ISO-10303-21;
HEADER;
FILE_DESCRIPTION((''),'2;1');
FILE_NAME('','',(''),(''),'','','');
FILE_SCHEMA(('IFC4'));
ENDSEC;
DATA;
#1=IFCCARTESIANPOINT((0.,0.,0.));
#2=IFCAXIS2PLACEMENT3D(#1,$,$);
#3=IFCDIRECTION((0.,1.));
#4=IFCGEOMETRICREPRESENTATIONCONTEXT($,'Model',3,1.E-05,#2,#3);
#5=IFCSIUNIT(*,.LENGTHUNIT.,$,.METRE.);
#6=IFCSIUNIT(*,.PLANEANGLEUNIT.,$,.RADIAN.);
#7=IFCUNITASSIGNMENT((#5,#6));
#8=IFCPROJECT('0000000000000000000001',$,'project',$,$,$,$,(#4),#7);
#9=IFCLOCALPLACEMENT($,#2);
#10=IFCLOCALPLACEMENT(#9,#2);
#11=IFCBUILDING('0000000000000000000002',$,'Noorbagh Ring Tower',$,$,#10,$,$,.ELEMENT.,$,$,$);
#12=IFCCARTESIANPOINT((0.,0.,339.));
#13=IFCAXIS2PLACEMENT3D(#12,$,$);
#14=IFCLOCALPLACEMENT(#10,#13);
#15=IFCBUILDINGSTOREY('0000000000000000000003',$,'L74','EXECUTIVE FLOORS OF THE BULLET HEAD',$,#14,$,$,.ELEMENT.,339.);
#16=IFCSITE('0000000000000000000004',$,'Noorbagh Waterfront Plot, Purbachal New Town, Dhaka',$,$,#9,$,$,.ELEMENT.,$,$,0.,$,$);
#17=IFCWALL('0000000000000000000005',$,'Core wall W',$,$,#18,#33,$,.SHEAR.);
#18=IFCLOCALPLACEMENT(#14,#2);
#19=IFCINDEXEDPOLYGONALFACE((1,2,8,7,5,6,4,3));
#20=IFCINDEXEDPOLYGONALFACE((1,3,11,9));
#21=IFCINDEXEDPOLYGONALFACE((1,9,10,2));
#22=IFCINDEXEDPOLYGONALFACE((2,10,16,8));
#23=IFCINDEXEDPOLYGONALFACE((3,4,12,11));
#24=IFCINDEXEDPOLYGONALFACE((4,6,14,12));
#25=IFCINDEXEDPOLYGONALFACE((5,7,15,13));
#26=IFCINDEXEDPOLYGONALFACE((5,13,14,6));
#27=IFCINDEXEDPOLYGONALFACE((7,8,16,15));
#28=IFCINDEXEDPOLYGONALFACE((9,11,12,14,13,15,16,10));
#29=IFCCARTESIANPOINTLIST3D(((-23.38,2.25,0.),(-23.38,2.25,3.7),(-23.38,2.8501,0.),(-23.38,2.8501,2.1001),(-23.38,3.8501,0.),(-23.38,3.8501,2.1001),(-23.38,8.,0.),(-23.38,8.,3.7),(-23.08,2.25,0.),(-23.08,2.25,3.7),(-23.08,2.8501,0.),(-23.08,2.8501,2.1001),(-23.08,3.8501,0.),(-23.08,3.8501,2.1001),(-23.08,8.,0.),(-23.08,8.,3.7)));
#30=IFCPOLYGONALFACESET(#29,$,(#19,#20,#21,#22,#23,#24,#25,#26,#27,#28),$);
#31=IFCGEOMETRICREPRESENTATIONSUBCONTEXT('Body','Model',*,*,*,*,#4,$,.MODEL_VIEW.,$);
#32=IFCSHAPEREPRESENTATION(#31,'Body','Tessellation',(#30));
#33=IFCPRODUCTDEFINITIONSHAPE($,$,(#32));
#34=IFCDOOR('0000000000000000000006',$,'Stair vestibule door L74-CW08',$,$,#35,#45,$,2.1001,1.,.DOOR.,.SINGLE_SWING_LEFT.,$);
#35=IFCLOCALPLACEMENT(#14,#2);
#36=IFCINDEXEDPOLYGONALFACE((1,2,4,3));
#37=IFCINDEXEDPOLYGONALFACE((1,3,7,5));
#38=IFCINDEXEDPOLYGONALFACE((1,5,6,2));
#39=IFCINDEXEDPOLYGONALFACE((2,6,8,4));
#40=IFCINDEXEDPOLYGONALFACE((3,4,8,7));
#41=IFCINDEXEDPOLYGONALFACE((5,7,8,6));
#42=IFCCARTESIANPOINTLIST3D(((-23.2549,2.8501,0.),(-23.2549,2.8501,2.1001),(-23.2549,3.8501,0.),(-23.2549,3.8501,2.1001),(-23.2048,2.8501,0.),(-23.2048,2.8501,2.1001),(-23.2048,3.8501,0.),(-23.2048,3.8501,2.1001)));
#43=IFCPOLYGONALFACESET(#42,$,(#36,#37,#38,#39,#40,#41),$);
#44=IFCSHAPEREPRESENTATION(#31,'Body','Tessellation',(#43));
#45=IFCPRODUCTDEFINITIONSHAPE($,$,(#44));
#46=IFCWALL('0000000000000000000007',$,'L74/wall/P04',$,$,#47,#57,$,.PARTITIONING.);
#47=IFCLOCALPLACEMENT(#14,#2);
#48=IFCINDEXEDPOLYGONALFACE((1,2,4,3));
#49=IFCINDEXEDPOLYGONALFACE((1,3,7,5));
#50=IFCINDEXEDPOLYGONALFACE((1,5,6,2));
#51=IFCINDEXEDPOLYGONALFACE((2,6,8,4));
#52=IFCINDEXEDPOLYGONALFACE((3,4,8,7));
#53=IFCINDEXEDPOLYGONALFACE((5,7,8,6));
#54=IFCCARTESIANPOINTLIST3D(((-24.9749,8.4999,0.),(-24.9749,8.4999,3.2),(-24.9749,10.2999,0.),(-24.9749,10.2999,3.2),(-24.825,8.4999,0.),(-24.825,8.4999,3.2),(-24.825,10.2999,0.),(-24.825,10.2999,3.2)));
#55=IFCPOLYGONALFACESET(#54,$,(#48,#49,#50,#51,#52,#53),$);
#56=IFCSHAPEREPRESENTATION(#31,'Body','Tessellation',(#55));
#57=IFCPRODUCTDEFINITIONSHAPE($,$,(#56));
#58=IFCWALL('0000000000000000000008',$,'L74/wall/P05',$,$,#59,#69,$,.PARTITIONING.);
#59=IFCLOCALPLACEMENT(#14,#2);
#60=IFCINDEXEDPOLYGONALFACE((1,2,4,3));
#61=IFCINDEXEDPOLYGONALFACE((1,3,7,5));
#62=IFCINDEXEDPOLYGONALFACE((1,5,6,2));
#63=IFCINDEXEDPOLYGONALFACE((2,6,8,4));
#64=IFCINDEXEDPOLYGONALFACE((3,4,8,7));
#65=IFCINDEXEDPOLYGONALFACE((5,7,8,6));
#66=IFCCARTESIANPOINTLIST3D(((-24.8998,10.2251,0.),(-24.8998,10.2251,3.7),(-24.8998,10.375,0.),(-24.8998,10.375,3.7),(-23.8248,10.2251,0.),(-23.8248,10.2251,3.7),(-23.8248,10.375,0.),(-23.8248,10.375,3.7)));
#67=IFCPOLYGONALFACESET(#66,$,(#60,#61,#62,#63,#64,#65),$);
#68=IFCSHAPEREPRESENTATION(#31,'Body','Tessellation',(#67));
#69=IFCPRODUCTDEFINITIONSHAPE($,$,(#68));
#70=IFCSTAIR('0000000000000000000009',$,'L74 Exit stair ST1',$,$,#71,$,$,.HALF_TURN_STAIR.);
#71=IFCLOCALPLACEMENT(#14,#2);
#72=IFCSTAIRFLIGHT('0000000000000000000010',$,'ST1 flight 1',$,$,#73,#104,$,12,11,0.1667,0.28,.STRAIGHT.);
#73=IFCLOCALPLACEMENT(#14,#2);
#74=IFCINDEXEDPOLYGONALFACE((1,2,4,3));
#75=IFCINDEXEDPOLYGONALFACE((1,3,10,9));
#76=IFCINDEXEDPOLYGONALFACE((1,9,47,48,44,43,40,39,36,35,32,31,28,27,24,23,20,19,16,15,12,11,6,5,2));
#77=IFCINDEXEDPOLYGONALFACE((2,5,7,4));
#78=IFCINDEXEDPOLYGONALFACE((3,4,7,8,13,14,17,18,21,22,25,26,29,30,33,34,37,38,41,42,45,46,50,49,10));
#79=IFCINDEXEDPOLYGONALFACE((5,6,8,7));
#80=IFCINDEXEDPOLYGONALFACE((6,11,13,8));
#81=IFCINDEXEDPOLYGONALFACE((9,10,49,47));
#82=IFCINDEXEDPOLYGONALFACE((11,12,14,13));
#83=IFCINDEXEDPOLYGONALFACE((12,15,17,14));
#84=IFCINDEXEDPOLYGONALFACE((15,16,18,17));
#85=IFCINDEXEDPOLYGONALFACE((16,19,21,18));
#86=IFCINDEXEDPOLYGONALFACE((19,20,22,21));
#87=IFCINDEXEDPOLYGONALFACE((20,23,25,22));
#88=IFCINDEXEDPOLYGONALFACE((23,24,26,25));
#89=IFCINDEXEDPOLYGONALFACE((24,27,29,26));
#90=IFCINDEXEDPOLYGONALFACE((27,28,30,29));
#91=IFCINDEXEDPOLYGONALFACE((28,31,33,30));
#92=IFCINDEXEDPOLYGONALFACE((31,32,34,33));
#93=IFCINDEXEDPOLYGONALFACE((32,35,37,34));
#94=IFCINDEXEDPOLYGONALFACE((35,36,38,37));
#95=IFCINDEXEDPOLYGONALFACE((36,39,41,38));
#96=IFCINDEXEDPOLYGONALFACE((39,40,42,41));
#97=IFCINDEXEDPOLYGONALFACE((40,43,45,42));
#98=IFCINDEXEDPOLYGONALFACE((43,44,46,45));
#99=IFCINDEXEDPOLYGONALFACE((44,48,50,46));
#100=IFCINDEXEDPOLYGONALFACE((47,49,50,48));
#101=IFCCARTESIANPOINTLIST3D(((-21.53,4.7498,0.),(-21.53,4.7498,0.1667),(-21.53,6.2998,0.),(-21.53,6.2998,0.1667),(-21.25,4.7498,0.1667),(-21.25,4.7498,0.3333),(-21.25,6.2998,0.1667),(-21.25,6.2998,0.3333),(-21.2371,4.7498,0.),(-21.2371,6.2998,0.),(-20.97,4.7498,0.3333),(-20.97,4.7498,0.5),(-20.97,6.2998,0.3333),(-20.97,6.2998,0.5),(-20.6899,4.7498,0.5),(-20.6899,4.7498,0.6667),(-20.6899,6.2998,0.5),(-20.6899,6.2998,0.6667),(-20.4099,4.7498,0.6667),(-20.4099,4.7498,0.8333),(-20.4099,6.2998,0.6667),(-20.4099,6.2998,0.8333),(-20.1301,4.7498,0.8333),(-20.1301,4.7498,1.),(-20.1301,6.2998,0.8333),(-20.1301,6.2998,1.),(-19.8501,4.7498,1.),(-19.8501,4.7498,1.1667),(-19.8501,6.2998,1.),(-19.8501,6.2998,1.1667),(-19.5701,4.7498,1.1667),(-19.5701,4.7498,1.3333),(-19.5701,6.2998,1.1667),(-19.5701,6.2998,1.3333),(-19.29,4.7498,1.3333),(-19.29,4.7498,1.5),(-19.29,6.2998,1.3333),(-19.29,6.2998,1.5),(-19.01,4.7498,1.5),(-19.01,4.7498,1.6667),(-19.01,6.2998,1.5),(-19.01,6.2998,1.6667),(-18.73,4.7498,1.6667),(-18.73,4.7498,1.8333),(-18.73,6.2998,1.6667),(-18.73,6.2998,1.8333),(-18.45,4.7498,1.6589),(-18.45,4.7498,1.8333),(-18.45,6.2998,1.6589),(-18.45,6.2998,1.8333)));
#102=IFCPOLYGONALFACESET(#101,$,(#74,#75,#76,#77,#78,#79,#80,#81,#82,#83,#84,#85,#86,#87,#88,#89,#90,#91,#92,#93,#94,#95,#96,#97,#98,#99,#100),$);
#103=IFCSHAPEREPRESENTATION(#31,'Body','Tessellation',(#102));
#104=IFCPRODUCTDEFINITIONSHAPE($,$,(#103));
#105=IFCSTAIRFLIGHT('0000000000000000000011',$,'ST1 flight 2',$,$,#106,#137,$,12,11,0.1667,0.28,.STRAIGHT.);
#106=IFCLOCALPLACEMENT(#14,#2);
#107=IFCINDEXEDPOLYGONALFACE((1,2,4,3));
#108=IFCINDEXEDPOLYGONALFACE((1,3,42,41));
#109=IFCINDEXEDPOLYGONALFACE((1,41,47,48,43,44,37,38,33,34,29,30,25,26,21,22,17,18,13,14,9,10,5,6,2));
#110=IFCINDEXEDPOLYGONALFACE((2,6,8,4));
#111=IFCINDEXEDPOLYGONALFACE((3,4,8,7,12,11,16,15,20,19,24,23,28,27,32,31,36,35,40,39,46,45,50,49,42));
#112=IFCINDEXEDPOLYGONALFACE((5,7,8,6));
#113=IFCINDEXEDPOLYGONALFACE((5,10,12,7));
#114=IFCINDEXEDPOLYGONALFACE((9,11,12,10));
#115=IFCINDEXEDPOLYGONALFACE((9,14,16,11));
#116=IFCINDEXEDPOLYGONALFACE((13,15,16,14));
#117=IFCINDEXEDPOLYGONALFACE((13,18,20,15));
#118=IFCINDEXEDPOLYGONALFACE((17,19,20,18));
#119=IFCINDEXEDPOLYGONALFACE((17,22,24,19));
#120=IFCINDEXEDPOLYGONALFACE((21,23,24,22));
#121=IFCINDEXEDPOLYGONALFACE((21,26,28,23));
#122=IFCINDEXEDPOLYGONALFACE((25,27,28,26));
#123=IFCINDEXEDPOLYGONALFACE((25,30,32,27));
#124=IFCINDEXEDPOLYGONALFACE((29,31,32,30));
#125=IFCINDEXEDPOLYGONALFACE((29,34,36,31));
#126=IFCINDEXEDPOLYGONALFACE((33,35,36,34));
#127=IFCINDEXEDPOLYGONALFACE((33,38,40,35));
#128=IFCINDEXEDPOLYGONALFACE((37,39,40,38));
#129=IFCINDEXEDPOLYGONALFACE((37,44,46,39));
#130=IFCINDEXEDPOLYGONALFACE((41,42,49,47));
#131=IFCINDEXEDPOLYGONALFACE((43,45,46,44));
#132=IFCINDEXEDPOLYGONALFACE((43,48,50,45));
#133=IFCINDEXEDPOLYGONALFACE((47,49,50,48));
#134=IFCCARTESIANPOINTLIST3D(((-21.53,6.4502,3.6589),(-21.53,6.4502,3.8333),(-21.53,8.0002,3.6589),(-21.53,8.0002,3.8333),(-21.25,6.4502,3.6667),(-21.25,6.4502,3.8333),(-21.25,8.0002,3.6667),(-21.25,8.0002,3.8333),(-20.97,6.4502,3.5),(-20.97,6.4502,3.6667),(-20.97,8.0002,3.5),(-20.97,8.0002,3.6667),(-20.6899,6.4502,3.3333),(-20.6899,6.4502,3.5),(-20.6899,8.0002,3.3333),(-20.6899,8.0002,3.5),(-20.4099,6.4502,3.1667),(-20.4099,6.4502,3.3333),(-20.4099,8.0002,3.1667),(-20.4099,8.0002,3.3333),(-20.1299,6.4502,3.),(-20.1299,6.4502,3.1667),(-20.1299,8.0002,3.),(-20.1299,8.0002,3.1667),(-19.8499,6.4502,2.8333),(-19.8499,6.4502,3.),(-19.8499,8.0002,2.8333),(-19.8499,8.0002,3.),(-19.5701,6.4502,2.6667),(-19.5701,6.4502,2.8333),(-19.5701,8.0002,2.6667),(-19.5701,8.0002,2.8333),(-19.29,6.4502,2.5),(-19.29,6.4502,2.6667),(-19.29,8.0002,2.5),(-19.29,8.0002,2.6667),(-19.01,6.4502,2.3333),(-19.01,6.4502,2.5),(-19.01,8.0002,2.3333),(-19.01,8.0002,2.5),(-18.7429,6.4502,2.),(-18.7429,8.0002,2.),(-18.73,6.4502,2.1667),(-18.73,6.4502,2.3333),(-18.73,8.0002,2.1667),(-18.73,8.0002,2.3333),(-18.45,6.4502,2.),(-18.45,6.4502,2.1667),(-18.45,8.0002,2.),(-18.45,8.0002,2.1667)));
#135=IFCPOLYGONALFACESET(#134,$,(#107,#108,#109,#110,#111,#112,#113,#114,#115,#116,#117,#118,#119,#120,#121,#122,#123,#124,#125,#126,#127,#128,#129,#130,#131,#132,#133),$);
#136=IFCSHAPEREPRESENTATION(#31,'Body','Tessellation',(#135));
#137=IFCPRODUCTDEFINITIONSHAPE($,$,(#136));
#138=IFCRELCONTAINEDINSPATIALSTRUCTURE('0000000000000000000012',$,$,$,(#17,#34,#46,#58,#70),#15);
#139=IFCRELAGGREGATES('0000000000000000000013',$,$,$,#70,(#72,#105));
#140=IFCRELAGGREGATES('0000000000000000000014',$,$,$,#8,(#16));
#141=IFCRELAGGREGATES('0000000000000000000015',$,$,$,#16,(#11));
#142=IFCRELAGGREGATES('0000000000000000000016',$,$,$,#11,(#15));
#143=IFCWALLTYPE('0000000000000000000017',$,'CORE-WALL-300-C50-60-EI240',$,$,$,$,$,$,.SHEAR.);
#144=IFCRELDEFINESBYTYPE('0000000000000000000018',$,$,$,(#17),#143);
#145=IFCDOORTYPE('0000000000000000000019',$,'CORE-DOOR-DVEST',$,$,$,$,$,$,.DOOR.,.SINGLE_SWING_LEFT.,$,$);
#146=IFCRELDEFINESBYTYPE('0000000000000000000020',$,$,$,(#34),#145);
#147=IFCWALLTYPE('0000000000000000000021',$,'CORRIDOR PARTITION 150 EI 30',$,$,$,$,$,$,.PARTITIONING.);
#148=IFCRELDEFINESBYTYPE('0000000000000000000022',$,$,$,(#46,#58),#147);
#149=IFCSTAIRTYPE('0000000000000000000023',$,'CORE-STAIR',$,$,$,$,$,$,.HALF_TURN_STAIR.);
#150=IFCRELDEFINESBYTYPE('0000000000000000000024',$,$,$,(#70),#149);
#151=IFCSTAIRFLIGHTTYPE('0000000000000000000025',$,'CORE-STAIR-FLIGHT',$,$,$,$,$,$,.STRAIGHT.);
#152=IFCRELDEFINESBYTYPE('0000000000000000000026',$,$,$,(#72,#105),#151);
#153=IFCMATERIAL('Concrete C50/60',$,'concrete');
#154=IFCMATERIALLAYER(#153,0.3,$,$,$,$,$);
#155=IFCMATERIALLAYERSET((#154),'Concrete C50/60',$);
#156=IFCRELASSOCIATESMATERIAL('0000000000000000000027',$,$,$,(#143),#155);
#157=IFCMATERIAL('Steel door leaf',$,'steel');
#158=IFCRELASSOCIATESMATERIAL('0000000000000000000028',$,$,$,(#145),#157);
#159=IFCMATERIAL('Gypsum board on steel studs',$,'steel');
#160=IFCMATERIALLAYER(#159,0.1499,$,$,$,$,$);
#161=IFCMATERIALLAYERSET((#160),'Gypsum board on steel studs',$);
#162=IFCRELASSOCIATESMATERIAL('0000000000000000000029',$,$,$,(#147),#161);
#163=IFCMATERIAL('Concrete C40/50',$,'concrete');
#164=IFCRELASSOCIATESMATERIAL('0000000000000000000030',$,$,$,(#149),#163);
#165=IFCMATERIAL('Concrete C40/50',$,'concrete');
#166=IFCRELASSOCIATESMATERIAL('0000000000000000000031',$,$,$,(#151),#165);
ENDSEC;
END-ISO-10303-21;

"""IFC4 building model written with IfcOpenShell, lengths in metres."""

from ifc_helpers import new_model, si_unit, direction, frame, frame_2d, origin, place, context, subcontext, project, spatial, polyline, rectangle, outline, extrude, material, layer, layer_set, type_object, element, fill, aggregate, save


model = new_model("IFC4")

# Units and contexts
model_context = context("Model", 3, precision=1e-05, world=origin(), true_north=direction((0.0, 1.0)))
body_context = subcontext(model_context, "Body", "Model", "MODEL_VIEW")
ifc_project = project(units=[si_unit("LENGTHUNIT", "METRE"), si_unit("PLANEANGLEUNIT", "RADIAN")], contexts=[model_context])

# Site, building, storey
site_placement = place(None, origin())
site = spatial("IfcSite", under=ifc_project, at=site_placement, Name="Noorbagh Waterfront Plot, Purbachal New Town, Dhaka", CompositionType="ELEMENT", RefElevation=0.0)
building_placement = place(site_placement, origin())
building = spatial("IfcBuilding", under=site, at=building_placement, Name="Noorbagh Ring Tower", CompositionType="ELEMENT")
storey_placement = place(building_placement, frame((0.0, 0.0, 339.0)))
storey = spatial("IfcBuildingStorey", under=building, at=storey_placement, Name="L74", Description="EXECUTIVE FLOORS OF THE BULLET HEAD", CompositionType="ELEMENT", Elevation=339.0)

# Shared definitions
ifc_material_1 = material(Name="Concrete C50/60", Category="concrete")
ifc_layer_1 = layer(ifc_material_1, 0.3)
ifc_layer_set_1 = layer_set([ifc_layer_1], Name="Concrete C50/60")
wall_type_1 = type_object("IfcWallType", Name="CORE-WALL-300-C50-60-EI240", PredefinedType="SHEAR", material=ifc_layer_set_1)

# Wall, opening, door
wall_1_placement = place(storey_placement, frame((-23.23, 2.25, 0.0), z_axis=(0.0, 0.0, 1.0), x_axis=(0.0, 1.0, 0.0)))
wall_1 = element("IfcWall", 1, at=wall_1_placement, inside=storey, type_object=wall_type_1, Name="Core wall W", PredefinedType="SHEAR", context=body_context, shape_type="SweptSolid", body=[
    extrude(rectangle(XDim=5.75, YDim=0.3, at=frame_2d((2.875, 0.0))), origin(), (0.0, 0.0, 1.0), 3.7),
])
opening_placement = place(wall_1_placement, frame((0.6001, 0.0, 0.0)))
opening = element("IfcOpeningElement", 2, at=opening_placement, cuts=wall_1, PredefinedType="OPENING", context=body_context, shape_type="SweptSolid", body=[
    extrude(rectangle(XDim=1.0, YDim=2.1001, at=frame_2d((0.5, 1.05))), frame((0.0, 0.1602, 0.0), z_axis=(0.0, -1.0, 0.0), x_axis=(1.0, 0.0, 0.0)), (0.0, 0.0, 1.0), 0.3201),
])
ifc_material_2 = material(Name="Steel door leaf", Category="steel")
door_type = type_object("IfcDoorType", Name="CORE-DOOR-DVEST", OperationType="SINGLE_SWING_LEFT", PredefinedType="DOOR", material=ifc_material_2)
door_placement = place(opening_placement, origin())
door = element("IfcDoor", 3, at=door_placement, inside=storey, type_object=door_type, Name="Stair vestibule door L74-CW08", OperationType="SINGLE_SWING_LEFT", OverallHeight=2.1001, OverallWidth=1.0, PredefinedType="DOOR", context=body_context, shape_type="SweptSolid", body=[
    extrude(rectangle(XDim=1.0, YDim=2.1001, at=frame_2d((0.5, 1.05))), frame((0.0, 0.0249, 0.0), z_axis=(0.0, -1.0, 0.0), x_axis=(1.0, 0.0, 0.0)), (0.0, 0.0, 1.0), 0.05),
])
fill(opening, door)

# Walls
ifc_material_3 = material(Name="Gypsum board on steel studs", Category="steel")
ifc_layer_2 = layer(ifc_material_3, 0.1499)
ifc_layer_set_2 = layer_set([ifc_layer_2], Name="Gypsum board on steel studs")
wall_type_2 = type_object("IfcWallType", Name="CORRIDOR PARTITION 150 EI 30", PredefinedType="PARTITIONING", material=ifc_layer_set_2)
wall_2_placement = place(storey_placement, frame((-24.8999, 8.5, 0.0), z_axis=(0.0, 0.0, 1.0), x_axis=(0.0, 1.0, 0.0)))
element("IfcWall", 4, at=wall_2_placement, inside=storey, type_object=wall_type_2, Name="L74/wall/P04", PredefinedType="PARTITIONING", context=body_context, shape_type="SweptSolid", body=[
    extrude(rectangle(XDim=1.8, YDim=0.1499, at=frame_2d((0.8999, 0.0))), origin(), (0.0, 0.0, 1.0), 3.2),
])
wall_3_placement = place(storey_placement, frame((-24.8999, 10.3, 0.0), z_axis=(0.0, 0.0, 1.0), x_axis=(1.0, 0.0, 0.0)))
element("IfcWall", 5, at=wall_3_placement, inside=storey, type_object=wall_type_2, Name="L74/wall/P05", PredefinedType="PARTITIONING", context=body_context, shape_type="SweptSolid", body=[
    extrude(rectangle(XDim=1.075, YDim=0.1499, at=frame_2d((0.5376, 0.0))), origin(), (0.0, 0.0, 1.0), 3.7),
])

# Stair, stair flights
ifc_material_4 = material(Name="Concrete C40/50", Category="concrete")
stair_type = type_object("IfcStairType", Name="CORE-STAIR", PredefinedType="HALF_TURN_STAIR", material=ifc_material_4)
stair_placement = place(storey_placement, origin())
stair = element("IfcStair", 6, at=stair_placement, inside=storey, type_object=stair_type, Name="L74 Exit stair ST1", PredefinedType="HALF_TURN_STAIR")
ifc_material_5 = material(Name="Concrete C40/50", Category="concrete")
stair_flight_type = type_object("IfcStairFlightType", Name="CORE-STAIR-FLIGHT", PredefinedType="STRAIGHT", material=ifc_material_5)
stair_flight_1_placement = place(storey_placement, frame((-21.53, 5.5249, 0.0), z_axis=(0.0, 0.0, 1.0), x_axis=(1.0, 0.0, 0.0)))
stair_flight_1 = element("IfcStairFlight", 7, at=stair_flight_1_placement, type_object=stair_flight_type, Name="ST1 flight 1", NumberOfRisers=12, NumberOfTreads=11, PredefinedType="STRAIGHT", RiserHeight=0.1667, TreadLength=0.28, context=body_context, shape_type="SweptSolid", body=[
    extrude(outline(polyline([(0.0, 0.0), (0.0, 0.1667), (0.28, 0.1667), (0.28, 0.3333), (0.5601, 0.3333), (0.5601, 0.5), (0.8401, 0.5), (0.8401, 0.6667), (1.1201, 0.6667), (1.1201, 0.8333), (1.3999, 0.8333), (1.3999, 1.0), (1.6799, 1.0), (1.6799, 1.1667), (1.96, 1.1667), (1.96, 1.3333), (2.24, 1.3333), (2.24, 1.5), (2.52, 1.5), (2.52, 1.6667), (2.8, 1.6667), (2.8, 1.8333), (3.0801, 1.8333), (3.0801, 2.0), (3.0801, 1.6589), (0.293, 0.0), (0.0, 0.0)])), frame((0.0, 0.7749, 0.0), z_axis=(0.0, -1.0, 0.0), x_axis=(1.0, 0.0, 0.0)), (0.0, 0.0, 1.0), 1.55),
])
stair_flight_2_placement = place(storey_placement, frame((-18.45, 7.2251, 2.0), z_axis=(0.0, 0.0, 1.0), x_axis=(-1.0, 0.0, 0.0)))
stair_flight_2 = element("IfcStairFlight", 8, at=stair_flight_2_placement, type_object=stair_flight_type, Name="ST1 flight 2", NumberOfRisers=12, NumberOfTreads=11, PredefinedType="STRAIGHT", RiserHeight=0.1667, TreadLength=0.28, context=body_context, shape_type="SweptSolid", body=[
    extrude(outline(polyline([(0.0, 0.0), (0.0, 0.1667), (0.28, 0.1667), (0.28, 0.3333), (0.5601, 0.3333), (0.5601, 0.5), (0.8401, 0.5), (0.8401, 0.6667), (1.1201, 0.6667), (1.1201, 0.8333), (1.3999, 0.8333), (1.3999, 1.0), (1.6799, 1.0), (1.6799, 1.1667), (1.96, 1.1667), (1.96, 1.3333), (2.24, 1.3333), (2.24, 1.5), (2.52, 1.5), (2.52, 1.6667), (2.8, 1.6667), (2.8, 1.8333), (3.0801, 1.8333), (3.0801, 2.0), (3.0801, 1.6589), (0.293, 0.0), (0.0, 0.0)])), frame((0.0, 0.7749, 0.0), z_axis=(0.0, -1.0, 0.0), x_axis=(1.0, 0.0, 0.0)), (0.0, 0.0, 1.0), 1.55),
])
aggregate(stair, [stair_flight_1, stair_flight_2])

save(model, "model.ifc")
